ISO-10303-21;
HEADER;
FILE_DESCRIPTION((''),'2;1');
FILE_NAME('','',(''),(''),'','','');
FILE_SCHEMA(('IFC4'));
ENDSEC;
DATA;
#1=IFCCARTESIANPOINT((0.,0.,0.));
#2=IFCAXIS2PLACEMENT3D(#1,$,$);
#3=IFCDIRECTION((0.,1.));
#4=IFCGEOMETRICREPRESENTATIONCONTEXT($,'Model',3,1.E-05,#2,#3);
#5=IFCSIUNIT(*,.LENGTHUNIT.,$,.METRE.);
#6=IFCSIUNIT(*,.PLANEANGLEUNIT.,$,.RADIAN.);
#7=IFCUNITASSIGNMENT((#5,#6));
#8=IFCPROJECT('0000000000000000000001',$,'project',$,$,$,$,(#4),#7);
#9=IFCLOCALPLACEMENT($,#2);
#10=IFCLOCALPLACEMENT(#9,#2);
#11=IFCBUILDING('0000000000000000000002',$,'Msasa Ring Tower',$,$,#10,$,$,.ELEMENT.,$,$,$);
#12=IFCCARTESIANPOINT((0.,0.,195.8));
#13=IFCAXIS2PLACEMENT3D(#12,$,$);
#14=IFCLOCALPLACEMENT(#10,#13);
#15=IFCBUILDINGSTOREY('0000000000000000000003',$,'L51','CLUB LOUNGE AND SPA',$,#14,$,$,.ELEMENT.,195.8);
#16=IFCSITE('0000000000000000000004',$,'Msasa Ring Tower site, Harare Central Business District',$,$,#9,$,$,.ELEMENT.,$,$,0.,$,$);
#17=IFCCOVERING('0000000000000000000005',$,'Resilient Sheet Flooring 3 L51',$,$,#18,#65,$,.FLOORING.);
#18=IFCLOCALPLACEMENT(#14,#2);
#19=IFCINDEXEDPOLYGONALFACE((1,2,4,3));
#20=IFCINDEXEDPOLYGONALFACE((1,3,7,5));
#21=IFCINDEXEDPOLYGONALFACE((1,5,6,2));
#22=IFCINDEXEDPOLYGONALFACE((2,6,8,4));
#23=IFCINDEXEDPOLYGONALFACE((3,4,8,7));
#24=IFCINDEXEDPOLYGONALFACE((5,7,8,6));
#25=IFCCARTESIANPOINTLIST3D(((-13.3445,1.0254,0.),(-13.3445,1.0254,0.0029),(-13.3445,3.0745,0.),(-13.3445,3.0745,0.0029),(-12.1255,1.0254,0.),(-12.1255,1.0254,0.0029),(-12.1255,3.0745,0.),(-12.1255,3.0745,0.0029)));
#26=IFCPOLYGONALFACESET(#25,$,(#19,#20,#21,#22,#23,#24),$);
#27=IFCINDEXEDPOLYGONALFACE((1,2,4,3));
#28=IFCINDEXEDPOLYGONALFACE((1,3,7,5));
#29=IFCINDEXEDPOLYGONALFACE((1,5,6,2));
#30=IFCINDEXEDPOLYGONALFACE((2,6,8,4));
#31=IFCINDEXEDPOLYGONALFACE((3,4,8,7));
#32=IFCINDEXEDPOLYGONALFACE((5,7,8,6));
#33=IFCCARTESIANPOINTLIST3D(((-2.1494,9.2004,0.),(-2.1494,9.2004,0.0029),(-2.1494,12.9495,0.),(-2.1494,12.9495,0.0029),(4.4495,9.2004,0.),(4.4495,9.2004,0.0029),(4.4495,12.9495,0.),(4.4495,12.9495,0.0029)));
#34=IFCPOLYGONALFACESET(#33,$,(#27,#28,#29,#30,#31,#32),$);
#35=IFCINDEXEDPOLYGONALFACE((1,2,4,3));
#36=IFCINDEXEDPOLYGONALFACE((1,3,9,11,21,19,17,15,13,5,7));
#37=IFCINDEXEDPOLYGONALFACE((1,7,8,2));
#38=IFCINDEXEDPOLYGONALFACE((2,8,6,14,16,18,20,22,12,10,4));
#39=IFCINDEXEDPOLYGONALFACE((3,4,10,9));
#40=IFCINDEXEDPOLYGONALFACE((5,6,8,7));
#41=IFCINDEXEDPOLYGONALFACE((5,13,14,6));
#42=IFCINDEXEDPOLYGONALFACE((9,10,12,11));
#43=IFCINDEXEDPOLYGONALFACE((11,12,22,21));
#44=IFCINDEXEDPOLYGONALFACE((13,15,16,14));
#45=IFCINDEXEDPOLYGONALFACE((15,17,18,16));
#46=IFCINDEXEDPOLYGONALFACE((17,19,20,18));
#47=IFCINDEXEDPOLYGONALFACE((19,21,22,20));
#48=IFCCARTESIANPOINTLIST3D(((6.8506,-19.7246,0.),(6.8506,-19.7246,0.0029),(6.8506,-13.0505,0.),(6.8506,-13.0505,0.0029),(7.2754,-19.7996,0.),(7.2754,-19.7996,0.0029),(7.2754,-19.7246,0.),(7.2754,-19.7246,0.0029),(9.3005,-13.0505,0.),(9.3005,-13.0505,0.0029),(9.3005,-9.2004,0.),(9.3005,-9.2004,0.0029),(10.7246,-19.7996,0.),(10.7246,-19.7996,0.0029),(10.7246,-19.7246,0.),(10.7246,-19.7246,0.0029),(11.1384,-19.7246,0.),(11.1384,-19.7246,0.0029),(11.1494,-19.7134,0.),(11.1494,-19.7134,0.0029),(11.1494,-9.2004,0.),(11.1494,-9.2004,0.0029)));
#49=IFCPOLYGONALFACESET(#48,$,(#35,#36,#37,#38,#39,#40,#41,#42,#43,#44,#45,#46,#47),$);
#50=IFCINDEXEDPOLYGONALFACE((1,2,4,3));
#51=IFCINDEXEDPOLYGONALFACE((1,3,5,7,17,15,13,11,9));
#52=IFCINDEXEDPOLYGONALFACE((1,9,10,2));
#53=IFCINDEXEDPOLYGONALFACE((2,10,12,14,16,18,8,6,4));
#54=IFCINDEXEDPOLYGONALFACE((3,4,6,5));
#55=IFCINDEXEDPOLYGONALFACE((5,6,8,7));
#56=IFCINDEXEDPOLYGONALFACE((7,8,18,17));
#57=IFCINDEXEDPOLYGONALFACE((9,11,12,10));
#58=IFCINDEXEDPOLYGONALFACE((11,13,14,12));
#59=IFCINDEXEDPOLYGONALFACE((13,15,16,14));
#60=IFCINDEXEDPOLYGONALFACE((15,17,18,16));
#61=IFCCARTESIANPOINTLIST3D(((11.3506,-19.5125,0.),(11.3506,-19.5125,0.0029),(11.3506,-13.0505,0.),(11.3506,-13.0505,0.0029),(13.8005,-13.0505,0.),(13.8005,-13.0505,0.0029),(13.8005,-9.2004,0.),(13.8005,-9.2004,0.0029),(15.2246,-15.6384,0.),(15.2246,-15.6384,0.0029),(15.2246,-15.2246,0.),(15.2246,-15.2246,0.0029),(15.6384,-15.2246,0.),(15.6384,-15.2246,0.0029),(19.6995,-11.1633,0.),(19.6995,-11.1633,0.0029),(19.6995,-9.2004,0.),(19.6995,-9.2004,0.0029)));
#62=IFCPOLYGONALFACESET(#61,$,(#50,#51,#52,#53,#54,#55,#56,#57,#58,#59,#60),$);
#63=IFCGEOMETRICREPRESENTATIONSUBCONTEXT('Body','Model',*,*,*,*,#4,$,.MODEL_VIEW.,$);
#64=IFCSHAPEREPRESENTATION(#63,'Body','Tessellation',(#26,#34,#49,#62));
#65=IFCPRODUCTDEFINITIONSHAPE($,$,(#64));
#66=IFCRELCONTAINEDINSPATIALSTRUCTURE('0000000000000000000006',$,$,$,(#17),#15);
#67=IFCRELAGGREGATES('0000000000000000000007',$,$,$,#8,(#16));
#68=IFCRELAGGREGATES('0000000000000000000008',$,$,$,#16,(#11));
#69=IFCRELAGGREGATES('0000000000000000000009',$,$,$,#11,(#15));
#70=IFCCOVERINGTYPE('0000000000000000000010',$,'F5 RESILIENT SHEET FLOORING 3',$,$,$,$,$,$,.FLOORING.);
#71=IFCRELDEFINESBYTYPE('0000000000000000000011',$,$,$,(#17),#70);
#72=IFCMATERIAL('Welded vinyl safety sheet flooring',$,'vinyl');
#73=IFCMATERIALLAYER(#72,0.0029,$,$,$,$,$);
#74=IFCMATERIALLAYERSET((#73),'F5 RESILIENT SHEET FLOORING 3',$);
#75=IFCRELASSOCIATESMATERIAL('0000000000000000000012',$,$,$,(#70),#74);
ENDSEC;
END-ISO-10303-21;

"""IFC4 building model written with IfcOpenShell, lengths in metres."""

from ifc_helpers import new_model, si_unit, direction, frame, origin, place, context, subcontext, project, spatial, line, indexed_curve, outline, extrude, material, layer, layer_set, type_object, element, save


model = new_model("IFC4")

# Units and contexts
model_context = context("Model", 3, precision=1e-05, world=origin(), true_north=direction((0.0, 1.0)))
body_context = subcontext(model_context, "Body", "Model", "MODEL_VIEW")
ifc_project = project(units=[si_unit("LENGTHUNIT", "METRE"), si_unit("PLANEANGLEUNIT", "RADIAN")], contexts=[model_context])

# Site, building, storey
site_placement = place(None, origin())
site = spatial("IfcSite", under=ifc_project, at=site_placement, Name="Msasa Ring Tower site, Harare Central Business District", CompositionType="ELEMENT", RefElevation=0.0)
building_placement = place(site_placement, origin())
building = spatial("IfcBuilding", under=site, at=building_placement, Name="Msasa Ring Tower", CompositionType="ELEMENT")
storey_placement = place(building_placement, frame((0.0, 0.0, 195.8)))
storey = spatial("IfcBuildingStorey", under=building, at=storey_placement, Name="L51", Description="CLUB LOUNGE AND SPA", CompositionType="ELEMENT", Elevation=195.8)

# Covering
ifc_material_1 = material(Name="Welded vinyl safety sheet flooring", Category="vinyl")
ifc_layer_1 = layer(ifc_material_1, 0.0029)
ifc_layer_set_1 = layer_set([ifc_layer_1], Name="F5 RESILIENT SHEET FLOORING 3")
covering_type_1 = type_object("IfcCoveringType", Name="F5 RESILIENT SHEET FLOORING 3", PredefinedType="FLOORING", material=ifc_layer_set_1)
covering_1_placement = place(storey_placement, origin())
element("IfcCovering", 1, at=covering_1_placement, inside=storey, type_object=covering_type_1, Name="Resilient Sheet Flooring 3 L51", PredefinedType="FLOORING", context=body_context, shape_type="SweptSolid", body=[
    extrude(outline(indexed_curve([(-13.3445, 3.0745), (-12.1255, 3.0745), (-12.1255, 1.0254), (-13.3445, 1.0254)], segments=[line(1, 2, 3, 4, 1)], self_intersect=False)), origin(), (0.0, 0.0, 1.0), 0.0029),
    extrude(outline(indexed_curve([(-2.1494, 9.2004), (-2.1494, 12.9495), (4.4495, 12.9495), (4.4495, 9.2004)], segments=[line(1, 2, 3, 4, 1)], self_intersect=False)), origin(), (0.0, 0.0, 1.0), 0.0029),
    extrude(outline(indexed_curve([(9.3005, -13.0505), (9.3005, -9.2004), (11.1494, -9.2004), (11.1494, -19.7134), (11.1384, -19.7246), (10.7246, -19.7246), (10.7246, -19.7996), (7.2754, -19.7996), (7.2754, -19.7246), (6.8506, -19.7246), (6.8506, -13.0505)], segments=[line(1, 2, 3, 4, 5, 6, 7, 8, 9, 10, 11, 1)], self_intersect=False)), origin(), (0.0, 0.0, 1.0), 0.0029),
    extrude(outline(indexed_curve([(13.8005, -9.2004), (19.6995, -9.2004), (19.6995, -11.1633), (15.6384, -15.2246), (15.2246, -15.2246), (15.2246, -15.6384), (11.3506, -19.5125), (11.3506, -13.0505), (13.8005, -13.0505)], segments=[line(1, 2, 3, 4, 5, 6, 7, 8, 9, 1)], self_intersect=False)), origin(), (0.0, 0.0, 1.0), 0.0029),
])

save(model, "model.ifc")
